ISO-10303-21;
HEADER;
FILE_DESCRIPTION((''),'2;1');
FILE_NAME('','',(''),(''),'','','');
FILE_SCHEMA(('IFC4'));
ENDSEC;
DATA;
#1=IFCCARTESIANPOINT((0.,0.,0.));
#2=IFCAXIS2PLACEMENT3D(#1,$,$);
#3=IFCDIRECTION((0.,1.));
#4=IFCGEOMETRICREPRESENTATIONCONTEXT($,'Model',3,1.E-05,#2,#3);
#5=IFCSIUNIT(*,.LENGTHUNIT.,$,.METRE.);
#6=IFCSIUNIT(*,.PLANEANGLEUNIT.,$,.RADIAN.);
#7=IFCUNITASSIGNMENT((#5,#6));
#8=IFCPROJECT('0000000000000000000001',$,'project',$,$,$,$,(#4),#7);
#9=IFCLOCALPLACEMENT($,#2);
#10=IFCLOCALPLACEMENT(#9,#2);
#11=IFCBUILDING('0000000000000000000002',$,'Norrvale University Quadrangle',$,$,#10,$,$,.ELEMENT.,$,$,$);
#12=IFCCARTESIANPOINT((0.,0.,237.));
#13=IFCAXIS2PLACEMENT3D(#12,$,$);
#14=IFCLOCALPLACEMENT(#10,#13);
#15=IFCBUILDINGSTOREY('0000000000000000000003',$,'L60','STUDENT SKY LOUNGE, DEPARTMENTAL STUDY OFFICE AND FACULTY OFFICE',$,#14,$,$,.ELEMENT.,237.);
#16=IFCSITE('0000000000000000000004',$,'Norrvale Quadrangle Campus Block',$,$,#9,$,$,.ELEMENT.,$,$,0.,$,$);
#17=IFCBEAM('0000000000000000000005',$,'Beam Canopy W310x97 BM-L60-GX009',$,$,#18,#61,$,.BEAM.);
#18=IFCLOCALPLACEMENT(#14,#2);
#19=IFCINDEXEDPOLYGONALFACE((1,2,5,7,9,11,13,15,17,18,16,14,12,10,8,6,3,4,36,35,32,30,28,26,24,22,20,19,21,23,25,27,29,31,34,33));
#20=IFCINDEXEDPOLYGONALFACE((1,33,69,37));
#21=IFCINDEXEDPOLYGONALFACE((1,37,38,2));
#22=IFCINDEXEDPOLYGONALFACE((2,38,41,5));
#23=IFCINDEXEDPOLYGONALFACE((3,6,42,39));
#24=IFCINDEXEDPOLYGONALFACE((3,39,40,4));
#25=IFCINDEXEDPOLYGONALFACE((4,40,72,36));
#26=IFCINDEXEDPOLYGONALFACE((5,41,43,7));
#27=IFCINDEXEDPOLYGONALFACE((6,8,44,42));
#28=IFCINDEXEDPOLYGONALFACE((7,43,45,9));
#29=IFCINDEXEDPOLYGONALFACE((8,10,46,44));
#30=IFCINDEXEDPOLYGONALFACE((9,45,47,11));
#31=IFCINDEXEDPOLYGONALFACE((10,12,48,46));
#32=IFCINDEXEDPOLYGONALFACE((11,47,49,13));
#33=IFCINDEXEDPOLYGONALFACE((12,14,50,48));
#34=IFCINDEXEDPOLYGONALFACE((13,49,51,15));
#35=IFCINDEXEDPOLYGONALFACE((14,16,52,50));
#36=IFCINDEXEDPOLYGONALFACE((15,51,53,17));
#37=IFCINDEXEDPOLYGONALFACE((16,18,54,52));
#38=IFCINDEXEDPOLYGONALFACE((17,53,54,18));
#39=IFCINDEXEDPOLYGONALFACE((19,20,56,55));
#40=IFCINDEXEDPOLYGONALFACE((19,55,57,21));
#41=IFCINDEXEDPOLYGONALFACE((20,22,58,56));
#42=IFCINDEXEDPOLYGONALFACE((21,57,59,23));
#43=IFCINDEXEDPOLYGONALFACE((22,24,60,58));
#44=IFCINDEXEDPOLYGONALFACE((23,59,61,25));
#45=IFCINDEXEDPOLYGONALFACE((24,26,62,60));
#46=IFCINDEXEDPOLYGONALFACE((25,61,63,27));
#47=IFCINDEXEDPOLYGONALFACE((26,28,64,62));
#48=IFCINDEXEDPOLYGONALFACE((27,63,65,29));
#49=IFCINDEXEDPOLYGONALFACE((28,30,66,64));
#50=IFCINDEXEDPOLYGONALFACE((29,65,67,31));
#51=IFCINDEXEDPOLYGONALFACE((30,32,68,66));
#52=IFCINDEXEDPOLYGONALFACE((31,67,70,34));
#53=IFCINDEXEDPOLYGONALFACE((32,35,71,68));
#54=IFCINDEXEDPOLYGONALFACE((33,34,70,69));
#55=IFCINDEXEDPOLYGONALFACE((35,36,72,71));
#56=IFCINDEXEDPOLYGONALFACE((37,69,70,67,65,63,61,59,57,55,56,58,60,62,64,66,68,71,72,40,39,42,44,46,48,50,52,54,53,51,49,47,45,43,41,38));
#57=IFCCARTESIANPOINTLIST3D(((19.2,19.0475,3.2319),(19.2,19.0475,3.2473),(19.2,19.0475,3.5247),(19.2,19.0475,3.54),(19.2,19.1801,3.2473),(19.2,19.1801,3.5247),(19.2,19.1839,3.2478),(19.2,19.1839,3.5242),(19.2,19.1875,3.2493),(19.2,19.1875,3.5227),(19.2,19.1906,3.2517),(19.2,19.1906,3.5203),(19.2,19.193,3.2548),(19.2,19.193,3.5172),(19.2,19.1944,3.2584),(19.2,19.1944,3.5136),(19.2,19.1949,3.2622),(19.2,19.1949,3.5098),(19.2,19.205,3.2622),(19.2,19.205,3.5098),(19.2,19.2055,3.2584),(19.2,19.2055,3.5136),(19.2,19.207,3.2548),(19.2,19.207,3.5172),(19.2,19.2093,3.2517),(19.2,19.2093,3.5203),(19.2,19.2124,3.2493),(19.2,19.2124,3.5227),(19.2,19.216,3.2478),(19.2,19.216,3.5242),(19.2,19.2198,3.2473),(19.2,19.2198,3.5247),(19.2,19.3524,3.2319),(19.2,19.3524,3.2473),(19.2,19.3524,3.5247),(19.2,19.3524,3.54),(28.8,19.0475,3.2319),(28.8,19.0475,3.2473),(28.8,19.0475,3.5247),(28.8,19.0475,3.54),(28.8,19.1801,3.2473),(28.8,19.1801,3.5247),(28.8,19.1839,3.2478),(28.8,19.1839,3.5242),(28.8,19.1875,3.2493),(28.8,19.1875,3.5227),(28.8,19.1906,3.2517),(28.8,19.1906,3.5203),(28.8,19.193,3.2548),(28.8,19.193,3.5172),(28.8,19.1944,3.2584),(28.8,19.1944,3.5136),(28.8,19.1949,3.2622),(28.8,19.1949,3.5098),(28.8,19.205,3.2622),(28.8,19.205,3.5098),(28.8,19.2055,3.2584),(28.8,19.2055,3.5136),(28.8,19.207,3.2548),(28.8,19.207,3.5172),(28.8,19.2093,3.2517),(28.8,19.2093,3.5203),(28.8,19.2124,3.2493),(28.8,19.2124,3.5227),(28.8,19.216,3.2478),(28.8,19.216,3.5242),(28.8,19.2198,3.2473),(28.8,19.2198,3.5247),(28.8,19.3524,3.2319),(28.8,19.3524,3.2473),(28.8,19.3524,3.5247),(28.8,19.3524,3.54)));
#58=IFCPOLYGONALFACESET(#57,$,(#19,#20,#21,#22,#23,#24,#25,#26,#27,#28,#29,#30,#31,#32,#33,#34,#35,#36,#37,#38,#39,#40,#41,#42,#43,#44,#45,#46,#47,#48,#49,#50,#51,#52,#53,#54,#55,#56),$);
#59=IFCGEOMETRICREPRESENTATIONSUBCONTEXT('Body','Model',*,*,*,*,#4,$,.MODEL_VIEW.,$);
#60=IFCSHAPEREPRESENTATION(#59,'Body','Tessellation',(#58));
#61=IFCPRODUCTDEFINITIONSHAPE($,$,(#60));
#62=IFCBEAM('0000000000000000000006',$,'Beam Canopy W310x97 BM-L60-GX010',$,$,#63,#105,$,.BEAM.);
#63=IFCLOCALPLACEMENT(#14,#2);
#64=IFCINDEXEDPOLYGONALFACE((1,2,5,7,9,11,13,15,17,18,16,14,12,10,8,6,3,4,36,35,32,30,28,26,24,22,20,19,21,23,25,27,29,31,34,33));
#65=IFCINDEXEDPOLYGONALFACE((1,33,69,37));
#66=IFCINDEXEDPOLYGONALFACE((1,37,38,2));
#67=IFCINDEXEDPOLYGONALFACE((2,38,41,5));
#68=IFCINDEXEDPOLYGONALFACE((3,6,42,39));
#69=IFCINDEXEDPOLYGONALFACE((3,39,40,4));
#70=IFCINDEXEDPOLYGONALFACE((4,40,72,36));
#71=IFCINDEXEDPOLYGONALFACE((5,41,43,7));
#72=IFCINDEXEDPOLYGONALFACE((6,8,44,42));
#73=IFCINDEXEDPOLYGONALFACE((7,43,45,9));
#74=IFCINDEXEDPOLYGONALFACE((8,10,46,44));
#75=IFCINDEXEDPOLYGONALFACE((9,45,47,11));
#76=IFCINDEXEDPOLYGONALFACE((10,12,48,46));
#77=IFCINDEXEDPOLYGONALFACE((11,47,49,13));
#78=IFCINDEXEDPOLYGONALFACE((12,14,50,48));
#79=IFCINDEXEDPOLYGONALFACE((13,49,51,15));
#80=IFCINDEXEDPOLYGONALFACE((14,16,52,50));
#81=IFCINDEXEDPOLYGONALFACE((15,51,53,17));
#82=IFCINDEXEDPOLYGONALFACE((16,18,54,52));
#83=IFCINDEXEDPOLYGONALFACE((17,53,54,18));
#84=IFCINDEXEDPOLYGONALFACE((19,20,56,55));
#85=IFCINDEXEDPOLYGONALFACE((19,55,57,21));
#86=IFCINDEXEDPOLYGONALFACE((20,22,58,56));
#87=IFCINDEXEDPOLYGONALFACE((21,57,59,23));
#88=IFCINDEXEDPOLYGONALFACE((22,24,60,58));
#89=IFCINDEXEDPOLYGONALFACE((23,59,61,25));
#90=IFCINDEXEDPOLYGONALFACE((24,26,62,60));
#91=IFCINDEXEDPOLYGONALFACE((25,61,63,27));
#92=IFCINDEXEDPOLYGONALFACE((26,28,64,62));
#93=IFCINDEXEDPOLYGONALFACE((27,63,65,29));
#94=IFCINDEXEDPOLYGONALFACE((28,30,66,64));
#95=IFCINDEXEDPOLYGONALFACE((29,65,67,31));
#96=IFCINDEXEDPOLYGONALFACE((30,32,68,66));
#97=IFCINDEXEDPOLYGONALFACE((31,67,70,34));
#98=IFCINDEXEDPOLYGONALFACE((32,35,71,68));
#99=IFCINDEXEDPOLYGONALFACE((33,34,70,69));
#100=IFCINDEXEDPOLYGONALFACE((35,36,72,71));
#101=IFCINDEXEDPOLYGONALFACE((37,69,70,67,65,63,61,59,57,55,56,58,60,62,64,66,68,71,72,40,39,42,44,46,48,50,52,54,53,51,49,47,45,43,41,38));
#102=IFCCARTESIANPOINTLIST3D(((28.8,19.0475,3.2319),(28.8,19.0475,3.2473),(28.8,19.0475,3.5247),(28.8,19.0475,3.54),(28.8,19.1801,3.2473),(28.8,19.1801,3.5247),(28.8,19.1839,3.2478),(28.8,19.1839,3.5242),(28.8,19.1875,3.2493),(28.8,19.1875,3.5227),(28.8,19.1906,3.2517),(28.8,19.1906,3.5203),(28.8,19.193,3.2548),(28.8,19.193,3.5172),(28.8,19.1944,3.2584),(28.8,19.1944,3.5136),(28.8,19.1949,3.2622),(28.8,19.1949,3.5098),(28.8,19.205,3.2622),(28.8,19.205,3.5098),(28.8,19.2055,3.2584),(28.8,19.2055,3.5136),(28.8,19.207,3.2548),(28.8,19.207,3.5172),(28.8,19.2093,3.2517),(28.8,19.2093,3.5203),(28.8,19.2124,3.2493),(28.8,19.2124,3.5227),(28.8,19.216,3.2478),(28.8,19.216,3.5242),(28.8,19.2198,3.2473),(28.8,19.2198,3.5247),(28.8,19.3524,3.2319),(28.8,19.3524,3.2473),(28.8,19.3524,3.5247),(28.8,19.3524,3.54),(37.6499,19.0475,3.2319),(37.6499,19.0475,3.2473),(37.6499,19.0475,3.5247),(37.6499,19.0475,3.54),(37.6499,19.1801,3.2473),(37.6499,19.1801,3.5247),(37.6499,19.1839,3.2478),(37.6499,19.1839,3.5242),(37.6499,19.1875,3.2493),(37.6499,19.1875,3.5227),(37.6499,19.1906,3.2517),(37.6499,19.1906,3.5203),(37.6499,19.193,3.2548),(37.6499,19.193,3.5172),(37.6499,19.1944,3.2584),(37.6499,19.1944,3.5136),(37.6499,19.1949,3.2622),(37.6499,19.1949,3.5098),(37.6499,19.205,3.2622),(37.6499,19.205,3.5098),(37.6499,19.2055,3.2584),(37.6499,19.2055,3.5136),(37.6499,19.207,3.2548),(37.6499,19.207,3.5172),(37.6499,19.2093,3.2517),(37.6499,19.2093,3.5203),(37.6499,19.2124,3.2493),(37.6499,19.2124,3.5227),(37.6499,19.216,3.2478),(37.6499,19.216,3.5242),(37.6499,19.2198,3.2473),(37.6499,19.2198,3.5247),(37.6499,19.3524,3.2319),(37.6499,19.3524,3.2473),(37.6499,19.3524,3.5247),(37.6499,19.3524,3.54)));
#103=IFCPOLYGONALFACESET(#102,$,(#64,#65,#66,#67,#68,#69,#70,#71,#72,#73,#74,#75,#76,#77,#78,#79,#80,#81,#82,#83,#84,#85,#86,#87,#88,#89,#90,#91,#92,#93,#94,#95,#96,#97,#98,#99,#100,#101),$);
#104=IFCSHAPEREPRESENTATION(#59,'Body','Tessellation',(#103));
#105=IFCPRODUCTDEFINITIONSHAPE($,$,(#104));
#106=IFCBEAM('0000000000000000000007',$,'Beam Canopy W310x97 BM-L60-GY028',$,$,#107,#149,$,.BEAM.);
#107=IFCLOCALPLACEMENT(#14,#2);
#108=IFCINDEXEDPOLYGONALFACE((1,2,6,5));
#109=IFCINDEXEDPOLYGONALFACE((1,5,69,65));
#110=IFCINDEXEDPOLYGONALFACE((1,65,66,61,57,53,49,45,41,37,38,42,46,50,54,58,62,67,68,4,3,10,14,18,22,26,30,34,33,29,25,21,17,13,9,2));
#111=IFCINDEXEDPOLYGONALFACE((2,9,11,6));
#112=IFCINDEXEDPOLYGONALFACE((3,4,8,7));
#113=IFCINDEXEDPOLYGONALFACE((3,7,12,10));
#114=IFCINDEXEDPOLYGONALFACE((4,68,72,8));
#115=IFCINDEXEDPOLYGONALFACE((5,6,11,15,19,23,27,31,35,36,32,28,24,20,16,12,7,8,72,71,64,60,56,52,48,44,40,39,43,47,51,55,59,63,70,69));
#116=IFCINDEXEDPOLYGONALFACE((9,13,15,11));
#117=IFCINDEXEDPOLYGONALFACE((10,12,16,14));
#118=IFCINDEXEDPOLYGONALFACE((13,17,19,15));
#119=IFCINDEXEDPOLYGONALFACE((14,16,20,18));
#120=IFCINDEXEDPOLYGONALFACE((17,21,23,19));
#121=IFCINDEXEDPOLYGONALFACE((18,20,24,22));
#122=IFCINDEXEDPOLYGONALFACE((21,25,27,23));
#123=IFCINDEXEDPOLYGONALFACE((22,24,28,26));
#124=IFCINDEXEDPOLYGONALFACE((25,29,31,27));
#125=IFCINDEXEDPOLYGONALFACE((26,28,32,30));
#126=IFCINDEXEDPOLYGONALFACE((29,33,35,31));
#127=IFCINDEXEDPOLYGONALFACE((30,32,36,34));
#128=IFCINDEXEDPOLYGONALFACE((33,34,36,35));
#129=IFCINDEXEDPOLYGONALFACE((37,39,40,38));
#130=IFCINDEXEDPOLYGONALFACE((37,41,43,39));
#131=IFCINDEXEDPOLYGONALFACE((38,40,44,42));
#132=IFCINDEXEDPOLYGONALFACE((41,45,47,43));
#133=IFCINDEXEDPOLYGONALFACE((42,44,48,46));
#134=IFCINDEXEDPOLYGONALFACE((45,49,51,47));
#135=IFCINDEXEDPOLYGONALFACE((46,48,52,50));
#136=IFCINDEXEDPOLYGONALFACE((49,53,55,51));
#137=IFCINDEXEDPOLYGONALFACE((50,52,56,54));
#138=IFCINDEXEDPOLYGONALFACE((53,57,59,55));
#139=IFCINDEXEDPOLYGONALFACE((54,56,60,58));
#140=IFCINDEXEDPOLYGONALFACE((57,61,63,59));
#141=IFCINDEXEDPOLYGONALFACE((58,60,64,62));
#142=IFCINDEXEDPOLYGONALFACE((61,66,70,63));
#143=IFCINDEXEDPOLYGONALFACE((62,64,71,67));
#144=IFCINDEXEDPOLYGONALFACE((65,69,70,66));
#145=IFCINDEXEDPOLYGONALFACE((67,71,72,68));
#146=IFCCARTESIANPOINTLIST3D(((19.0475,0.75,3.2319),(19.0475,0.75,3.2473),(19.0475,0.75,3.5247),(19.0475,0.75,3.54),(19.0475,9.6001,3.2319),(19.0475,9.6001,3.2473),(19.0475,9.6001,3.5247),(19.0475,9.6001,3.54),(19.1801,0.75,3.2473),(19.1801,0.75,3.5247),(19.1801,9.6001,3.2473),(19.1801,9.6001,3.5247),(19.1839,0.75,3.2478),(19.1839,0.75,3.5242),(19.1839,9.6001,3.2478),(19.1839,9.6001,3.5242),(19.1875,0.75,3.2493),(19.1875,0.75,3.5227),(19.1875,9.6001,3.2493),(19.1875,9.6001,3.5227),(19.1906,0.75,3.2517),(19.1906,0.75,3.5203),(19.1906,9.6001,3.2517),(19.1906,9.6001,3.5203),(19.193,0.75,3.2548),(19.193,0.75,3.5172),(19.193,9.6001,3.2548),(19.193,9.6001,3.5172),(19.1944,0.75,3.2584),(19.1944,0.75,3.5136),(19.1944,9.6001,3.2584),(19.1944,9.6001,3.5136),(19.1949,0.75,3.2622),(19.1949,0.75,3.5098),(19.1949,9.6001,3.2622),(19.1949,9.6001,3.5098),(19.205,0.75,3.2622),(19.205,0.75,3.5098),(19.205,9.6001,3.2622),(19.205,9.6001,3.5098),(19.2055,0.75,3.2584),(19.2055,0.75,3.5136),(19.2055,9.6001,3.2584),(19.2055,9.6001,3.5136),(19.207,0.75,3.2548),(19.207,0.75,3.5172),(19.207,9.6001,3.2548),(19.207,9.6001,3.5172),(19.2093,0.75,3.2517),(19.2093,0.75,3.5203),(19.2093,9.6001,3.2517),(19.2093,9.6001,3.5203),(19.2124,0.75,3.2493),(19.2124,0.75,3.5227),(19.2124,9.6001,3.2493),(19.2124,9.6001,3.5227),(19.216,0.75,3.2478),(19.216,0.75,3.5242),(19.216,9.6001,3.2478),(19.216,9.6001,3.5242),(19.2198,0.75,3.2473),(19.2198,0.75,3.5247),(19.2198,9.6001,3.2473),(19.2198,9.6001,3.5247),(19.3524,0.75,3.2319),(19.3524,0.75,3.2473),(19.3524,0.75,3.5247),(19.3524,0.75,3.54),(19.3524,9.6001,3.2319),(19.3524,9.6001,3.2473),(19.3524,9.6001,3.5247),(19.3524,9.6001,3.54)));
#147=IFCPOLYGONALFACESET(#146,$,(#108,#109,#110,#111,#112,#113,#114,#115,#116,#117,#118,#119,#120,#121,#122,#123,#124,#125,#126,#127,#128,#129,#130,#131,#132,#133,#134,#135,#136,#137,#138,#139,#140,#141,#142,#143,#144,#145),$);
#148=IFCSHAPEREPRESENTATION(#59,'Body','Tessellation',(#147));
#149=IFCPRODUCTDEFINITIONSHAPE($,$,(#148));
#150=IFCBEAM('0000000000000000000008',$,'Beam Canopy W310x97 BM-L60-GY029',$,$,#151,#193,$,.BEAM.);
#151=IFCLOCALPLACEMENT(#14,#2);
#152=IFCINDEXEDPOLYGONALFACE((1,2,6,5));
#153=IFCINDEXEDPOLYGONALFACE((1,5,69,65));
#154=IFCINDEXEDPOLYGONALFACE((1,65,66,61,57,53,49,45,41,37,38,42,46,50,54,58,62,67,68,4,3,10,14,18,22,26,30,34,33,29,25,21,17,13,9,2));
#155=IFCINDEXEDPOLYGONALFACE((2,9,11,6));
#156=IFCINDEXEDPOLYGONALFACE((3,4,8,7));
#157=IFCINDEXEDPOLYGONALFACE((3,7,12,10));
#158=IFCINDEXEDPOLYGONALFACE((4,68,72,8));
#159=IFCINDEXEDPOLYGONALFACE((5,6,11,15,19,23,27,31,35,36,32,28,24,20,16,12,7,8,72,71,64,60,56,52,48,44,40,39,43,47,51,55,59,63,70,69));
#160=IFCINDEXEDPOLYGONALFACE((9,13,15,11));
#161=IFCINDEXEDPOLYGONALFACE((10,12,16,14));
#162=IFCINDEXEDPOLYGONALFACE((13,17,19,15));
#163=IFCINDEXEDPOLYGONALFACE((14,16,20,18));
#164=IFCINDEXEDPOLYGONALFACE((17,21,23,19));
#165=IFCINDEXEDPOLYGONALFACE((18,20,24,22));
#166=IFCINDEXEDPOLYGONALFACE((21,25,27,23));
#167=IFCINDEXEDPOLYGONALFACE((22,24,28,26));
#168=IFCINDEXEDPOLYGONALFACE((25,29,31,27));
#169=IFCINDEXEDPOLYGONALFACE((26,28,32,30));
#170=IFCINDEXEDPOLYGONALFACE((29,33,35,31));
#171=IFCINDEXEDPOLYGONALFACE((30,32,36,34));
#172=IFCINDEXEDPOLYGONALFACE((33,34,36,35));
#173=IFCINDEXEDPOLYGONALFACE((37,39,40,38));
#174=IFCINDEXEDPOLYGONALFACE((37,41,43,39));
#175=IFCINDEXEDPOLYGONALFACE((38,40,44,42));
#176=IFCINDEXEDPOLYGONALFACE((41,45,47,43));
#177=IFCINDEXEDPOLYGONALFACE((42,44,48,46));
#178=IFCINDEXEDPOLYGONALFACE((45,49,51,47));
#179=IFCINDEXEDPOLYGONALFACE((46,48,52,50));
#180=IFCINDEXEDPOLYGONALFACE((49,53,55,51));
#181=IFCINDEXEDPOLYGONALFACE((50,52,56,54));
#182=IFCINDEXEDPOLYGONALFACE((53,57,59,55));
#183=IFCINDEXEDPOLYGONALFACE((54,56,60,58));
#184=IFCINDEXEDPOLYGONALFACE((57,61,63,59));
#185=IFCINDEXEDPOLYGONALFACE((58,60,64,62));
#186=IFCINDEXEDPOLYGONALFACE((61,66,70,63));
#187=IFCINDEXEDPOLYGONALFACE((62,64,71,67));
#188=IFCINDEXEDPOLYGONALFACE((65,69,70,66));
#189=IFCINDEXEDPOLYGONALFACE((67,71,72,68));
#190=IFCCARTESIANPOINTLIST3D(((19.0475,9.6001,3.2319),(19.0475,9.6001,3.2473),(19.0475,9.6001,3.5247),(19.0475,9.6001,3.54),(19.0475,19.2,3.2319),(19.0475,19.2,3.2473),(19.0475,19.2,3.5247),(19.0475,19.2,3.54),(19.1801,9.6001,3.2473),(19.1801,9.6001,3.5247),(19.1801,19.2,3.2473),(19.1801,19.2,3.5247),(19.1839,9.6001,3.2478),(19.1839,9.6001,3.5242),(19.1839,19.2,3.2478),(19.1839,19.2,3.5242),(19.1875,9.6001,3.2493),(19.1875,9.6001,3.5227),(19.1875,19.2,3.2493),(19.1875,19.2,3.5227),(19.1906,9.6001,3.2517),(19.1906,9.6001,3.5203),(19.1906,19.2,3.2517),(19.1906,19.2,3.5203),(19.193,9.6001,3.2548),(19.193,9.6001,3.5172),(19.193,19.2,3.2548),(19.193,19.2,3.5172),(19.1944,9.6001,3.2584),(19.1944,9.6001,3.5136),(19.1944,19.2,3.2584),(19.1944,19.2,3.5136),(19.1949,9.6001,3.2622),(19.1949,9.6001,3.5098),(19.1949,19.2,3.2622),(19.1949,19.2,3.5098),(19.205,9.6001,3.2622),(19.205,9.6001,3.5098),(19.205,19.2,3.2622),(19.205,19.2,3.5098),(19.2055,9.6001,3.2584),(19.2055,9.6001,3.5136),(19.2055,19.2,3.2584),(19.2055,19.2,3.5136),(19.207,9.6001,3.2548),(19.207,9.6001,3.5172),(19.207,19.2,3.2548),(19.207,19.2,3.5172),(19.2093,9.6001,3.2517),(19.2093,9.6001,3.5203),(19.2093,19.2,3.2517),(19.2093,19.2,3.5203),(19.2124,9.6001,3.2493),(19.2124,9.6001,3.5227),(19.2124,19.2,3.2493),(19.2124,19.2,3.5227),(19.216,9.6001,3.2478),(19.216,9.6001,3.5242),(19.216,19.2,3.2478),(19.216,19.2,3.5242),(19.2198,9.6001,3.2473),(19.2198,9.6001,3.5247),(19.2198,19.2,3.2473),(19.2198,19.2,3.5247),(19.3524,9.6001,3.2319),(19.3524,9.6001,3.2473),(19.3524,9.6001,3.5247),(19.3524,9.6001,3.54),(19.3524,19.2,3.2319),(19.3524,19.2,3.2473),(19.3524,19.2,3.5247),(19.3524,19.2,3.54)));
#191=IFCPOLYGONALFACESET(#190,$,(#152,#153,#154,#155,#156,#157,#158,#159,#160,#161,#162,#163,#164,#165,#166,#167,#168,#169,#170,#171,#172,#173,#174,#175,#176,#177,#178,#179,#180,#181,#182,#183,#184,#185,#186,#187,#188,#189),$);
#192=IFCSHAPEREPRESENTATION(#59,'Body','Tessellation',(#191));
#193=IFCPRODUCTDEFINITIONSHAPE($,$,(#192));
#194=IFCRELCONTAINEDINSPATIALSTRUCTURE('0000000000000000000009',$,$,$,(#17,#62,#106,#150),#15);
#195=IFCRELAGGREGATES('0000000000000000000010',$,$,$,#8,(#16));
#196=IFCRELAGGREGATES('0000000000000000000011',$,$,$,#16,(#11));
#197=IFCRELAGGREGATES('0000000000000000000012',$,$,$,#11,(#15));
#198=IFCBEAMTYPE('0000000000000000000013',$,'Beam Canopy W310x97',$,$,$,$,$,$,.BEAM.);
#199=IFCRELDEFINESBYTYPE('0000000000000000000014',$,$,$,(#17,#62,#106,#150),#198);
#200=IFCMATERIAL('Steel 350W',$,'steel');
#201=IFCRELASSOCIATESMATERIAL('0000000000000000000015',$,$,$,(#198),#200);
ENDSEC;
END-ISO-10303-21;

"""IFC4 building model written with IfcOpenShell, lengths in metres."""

from ifc_helpers import new_model, si_unit, direction, frame, origin, origin_2d, place, context, subcontext, project, spatial, i_section, extrude, material, material_profile, profile_set, type_object, element, save


model = new_model("IFC4")

# Units and contexts
model_context = context("Model", 3, precision=1e-05, world=origin(), true_north=direction((0.0, 1.0)))
body_context = subcontext(model_context, "Body", "Model", "MODEL_VIEW")
ifc_project = project(units=[si_unit("LENGTHUNIT", "METRE"), si_unit("PLANEANGLEUNIT", "RADIAN")], contexts=[model_context])

# Site, building, storey
site_placement = place(None, origin())
site = spatial("IfcSite", under=ifc_project, at=site_placement, Name="Norrvale Quadrangle Campus Block", CompositionType="ELEMENT", RefElevation=0.0)
building_placement = place(site_placement, origin())
building = spatial("IfcBuilding", under=site, at=building_placement, Name="Norrvale University Quadrangle", CompositionType="ELEMENT")
storey_placement = place(building_placement, frame((0.0, 0.0, 237.0)))
storey = spatial("IfcBuildingStorey", under=building, at=storey_placement, Name="L60", Description="STUDENT SKY LOUNGE, DEPARTMENTAL STUDY OFFICE AND FACULTY OFFICE", CompositionType="ELEMENT", Elevation=237.0)

# Beams
ifc_material_1 = material(Name="Steel 350W", Category="steel")
ifc_material_profile_1 = material_profile(ifc_material_1, i_section(OverallWidth=0.3049, OverallDepth=0.3081, WebThickness=0.01, FlangeThickness=0.0154, FilletRadius=0.0149, at=origin_2d()), Name="Steel 350W")
ifc_profile_set_1 = profile_set([ifc_material_profile_1], Name="Steel 350W")
beam_type_1 = type_object("IfcBeamType", Name="Beam Canopy W310x97", PredefinedType="BEAM", material=ifc_profile_set_1)
beam_1_placement = place(storey_placement, frame((19.2, 19.2, 3.386), z_axis=(1.0, 0.0, 0.0), x_axis=(0.0, 1.0, 0.0)))
element("IfcBeam", 1, at=beam_1_placement, inside=storey, type_object=beam_type_1, Name="Beam Canopy W310x97 BM-L60-GX009", PredefinedType="BEAM", context=body_context, shape_type="SweptSolid", body=[
    extrude(i_section(OverallWidth=0.3049, OverallDepth=0.3081, WebThickness=0.01, FlangeThickness=0.0154, FilletRadius=0.0149, at=origin_2d()), origin(), (0.0, 0.0, 1.0), 9.6001),
])
beam_2_placement = place(storey_placement, frame((28.8, 19.2, 3.386), z_axis=(1.0, 0.0, 0.0), x_axis=(0.0, 1.0, 0.0)))
element("IfcBeam", 2, at=beam_2_placement, inside=storey, type_object=beam_type_1, Name="Beam Canopy W310x97 BM-L60-GX010", PredefinedType="BEAM", context=body_context, shape_type="SweptSolid", body=[
    extrude(i_section(OverallWidth=0.3049, OverallDepth=0.3081, WebThickness=0.01, FlangeThickness=0.0154, FilletRadius=0.0149, at=origin_2d()), origin(), (0.0, 0.0, 1.0), 8.8499),
])
beam_3_placement = place(storey_placement, frame((19.2, 0.75, 3.386), z_axis=(0.0, 1.0, 0.0), x_axis=(-1.0, 0.0, 0.0)))
element("IfcBeam", 3, at=beam_3_placement, inside=storey, type_object=beam_type_1, Name="Beam Canopy W310x97 BM-L60-GY028", PredefinedType="BEAM", context=body_context, shape_type="SweptSolid", body=[
    extrude(i_section(OverallWidth=0.3049, OverallDepth=0.3081, WebThickness=0.01, FlangeThickness=0.0154, FilletRadius=0.0149, at=origin_2d()), origin(), (0.0, 0.0, 1.0), 8.8501),
])
beam_4_placement = place(storey_placement, frame((19.2, 9.6001, 3.386), z_axis=(0.0, 1.0, 0.0), x_axis=(-1.0, 0.0, 0.0)))
element("IfcBeam", 4, at=beam_4_placement, inside=storey, type_object=beam_type_1, Name="Beam Canopy W310x97 BM-L60-GY029", PredefinedType="BEAM", context=body_context, shape_type="SweptSolid", body=[
    extrude(i_section(OverallWidth=0.3049, OverallDepth=0.3081, WebThickness=0.01, FlangeThickness=0.0154, FilletRadius=0.0149, at=origin_2d()), origin(), (0.0, 0.0, 1.0), 9.5999),
])

save(model, "model.ifc")
